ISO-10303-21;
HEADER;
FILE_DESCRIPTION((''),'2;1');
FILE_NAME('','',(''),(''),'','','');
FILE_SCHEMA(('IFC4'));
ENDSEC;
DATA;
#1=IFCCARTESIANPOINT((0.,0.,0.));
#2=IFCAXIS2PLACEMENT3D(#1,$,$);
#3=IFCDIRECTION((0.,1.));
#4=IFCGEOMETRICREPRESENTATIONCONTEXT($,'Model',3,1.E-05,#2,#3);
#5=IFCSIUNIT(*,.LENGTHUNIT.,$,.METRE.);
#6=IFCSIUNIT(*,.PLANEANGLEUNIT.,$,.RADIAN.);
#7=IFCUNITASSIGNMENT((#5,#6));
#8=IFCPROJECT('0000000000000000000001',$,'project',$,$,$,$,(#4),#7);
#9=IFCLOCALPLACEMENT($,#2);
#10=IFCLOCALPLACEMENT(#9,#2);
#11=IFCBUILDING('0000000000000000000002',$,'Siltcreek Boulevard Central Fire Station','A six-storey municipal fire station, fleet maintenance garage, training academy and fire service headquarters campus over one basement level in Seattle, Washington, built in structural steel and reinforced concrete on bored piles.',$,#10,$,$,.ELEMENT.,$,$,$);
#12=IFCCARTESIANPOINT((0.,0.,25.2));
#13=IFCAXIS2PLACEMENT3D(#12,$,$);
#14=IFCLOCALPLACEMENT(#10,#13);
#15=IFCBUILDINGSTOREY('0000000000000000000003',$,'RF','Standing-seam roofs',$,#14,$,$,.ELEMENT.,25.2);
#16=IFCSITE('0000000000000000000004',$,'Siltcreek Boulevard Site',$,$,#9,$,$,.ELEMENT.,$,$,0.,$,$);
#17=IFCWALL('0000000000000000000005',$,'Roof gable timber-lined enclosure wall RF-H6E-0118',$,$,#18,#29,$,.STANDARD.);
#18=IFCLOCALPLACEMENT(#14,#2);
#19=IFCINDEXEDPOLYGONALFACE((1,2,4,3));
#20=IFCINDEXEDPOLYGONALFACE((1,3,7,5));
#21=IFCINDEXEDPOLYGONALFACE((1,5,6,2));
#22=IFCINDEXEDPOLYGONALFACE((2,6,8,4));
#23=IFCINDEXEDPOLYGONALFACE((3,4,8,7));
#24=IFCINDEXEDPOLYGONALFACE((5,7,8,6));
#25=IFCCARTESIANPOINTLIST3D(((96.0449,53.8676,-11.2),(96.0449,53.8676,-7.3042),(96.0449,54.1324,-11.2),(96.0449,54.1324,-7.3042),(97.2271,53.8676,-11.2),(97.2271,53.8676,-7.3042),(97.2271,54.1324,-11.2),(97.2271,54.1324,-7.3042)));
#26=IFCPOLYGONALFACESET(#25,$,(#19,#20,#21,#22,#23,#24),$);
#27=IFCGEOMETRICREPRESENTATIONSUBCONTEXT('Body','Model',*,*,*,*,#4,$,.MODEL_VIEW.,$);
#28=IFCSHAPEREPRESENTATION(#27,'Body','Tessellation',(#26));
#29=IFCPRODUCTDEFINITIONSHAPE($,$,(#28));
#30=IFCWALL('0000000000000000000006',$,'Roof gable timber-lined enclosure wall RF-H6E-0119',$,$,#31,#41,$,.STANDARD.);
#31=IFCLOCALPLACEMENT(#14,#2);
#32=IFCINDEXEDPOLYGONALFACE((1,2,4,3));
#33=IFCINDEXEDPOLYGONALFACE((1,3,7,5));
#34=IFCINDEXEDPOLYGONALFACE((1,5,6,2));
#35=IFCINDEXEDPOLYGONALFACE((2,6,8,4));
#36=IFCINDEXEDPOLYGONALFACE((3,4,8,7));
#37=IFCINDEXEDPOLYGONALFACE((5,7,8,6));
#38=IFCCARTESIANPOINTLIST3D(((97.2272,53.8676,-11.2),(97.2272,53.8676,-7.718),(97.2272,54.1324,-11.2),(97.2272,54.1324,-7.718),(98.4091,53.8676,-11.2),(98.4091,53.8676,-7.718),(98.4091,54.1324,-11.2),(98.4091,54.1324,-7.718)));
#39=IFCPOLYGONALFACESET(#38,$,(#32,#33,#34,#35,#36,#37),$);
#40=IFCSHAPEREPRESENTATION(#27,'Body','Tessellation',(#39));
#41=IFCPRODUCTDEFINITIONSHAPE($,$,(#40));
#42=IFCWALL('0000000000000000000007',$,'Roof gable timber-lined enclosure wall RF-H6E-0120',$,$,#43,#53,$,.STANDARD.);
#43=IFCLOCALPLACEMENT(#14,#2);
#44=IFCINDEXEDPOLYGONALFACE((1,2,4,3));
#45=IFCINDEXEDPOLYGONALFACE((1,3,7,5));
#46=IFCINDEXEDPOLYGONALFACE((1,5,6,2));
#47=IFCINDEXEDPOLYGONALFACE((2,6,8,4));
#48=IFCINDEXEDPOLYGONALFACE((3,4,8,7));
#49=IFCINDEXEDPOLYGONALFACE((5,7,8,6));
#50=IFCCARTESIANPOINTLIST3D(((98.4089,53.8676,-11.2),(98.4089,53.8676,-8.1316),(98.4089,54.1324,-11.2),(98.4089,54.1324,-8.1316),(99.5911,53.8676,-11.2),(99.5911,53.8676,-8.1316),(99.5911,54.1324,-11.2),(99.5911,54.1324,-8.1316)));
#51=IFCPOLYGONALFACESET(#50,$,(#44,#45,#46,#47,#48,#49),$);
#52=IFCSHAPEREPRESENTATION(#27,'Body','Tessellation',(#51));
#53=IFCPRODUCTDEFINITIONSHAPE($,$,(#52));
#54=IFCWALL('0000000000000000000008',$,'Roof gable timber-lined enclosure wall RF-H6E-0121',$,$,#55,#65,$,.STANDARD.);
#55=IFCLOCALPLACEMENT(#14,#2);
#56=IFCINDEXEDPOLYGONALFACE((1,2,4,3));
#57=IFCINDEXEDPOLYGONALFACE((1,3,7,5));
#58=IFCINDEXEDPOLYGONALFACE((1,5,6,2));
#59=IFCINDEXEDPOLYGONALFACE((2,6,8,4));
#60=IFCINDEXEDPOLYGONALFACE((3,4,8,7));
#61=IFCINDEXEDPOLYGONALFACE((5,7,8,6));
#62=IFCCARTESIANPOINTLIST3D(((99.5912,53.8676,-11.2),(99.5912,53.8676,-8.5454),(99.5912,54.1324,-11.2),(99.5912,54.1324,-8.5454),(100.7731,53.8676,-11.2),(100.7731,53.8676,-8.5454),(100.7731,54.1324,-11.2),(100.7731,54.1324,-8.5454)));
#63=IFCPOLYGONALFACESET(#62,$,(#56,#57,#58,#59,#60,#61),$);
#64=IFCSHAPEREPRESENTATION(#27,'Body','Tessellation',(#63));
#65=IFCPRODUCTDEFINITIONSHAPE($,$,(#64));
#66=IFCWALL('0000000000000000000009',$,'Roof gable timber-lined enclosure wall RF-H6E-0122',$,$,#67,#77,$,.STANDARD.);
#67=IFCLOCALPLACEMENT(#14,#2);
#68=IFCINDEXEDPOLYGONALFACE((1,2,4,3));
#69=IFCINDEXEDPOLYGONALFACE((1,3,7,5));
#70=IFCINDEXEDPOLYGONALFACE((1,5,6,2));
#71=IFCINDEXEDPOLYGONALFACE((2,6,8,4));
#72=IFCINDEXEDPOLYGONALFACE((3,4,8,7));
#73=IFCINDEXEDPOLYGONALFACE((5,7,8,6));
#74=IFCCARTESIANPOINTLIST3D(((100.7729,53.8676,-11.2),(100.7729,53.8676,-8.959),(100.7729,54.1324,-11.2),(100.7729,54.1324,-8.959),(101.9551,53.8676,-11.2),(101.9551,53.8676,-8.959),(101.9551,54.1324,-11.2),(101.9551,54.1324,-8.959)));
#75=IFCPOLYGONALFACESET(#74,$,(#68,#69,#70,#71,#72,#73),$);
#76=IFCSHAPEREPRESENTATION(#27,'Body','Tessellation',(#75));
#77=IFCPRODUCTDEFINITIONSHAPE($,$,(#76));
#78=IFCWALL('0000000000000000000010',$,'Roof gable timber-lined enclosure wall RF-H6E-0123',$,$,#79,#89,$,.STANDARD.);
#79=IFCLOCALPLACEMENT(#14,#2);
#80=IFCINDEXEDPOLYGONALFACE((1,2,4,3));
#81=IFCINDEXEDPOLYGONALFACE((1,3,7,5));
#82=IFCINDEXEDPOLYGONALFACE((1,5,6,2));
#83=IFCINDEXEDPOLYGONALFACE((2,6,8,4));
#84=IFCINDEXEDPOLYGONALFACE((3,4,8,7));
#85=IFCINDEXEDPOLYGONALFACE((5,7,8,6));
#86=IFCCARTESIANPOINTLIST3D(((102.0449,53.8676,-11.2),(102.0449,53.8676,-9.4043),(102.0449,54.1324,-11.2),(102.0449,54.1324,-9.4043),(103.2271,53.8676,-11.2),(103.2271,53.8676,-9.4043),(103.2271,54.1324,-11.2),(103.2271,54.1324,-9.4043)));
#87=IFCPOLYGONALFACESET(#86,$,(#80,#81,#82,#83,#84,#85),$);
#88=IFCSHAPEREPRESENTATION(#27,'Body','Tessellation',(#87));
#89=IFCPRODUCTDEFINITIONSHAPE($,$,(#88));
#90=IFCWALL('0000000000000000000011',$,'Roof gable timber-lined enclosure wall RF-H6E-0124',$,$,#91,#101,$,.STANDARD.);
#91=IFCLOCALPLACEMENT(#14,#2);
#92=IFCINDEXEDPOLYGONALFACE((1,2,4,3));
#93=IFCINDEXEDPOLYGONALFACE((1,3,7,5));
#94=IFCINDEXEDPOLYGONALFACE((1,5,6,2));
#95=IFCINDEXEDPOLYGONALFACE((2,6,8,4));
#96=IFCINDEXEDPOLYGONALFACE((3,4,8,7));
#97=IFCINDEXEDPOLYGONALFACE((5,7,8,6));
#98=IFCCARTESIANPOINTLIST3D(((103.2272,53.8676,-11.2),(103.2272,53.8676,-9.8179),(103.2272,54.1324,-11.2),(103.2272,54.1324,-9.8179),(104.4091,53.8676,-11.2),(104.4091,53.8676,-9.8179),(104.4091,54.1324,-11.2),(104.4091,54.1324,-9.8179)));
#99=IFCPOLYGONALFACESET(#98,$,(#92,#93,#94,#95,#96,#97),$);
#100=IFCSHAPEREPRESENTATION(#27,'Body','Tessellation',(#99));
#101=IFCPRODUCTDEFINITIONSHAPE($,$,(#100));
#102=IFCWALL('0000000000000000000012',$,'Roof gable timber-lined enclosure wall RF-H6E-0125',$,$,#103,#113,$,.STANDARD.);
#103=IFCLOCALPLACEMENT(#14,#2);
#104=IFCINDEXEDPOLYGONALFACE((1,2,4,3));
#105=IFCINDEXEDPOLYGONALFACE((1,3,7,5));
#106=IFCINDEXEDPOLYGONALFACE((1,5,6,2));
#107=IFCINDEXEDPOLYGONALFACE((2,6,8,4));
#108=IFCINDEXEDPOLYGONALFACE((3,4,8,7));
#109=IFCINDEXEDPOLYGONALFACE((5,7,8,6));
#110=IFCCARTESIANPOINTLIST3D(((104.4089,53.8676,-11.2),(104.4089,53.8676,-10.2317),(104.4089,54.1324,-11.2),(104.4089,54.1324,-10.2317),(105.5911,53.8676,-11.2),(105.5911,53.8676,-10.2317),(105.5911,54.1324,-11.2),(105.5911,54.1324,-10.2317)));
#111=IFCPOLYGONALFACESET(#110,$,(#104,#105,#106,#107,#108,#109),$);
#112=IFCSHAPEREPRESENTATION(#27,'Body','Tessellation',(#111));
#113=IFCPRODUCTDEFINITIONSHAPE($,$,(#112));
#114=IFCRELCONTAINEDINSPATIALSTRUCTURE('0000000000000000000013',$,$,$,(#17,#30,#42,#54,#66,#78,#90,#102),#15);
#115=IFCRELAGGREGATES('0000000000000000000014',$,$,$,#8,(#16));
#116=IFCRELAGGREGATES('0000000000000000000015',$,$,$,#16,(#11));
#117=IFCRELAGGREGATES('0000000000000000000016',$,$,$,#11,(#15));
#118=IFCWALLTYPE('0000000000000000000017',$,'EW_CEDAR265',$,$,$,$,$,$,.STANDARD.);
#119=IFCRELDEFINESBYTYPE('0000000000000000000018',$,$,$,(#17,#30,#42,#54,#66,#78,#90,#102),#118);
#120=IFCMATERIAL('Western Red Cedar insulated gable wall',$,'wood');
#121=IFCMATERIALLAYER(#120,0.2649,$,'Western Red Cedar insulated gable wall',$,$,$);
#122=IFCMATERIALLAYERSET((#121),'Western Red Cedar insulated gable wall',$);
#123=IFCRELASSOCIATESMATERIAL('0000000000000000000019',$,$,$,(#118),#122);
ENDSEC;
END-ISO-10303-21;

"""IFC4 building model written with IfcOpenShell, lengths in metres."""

from ifc_helpers import new_model, si_unit, direction, frame, frame_2d, origin, place, context, subcontext, project, spatial, rectangle, extrude, material, layer, layer_set, type_object, element, save


model = new_model("IFC4")

# Units and contexts
model_context = context("Model", 3, precision=1e-05, world=origin(), true_north=direction((0.0, 1.0)))
body_context = subcontext(model_context, "Body", "Model", "MODEL_VIEW")
ifc_project = project(units=[si_unit("LENGTHUNIT", "METRE"), si_unit("PLANEANGLEUNIT", "RADIAN")], contexts=[model_context])

# Site, building, storey
site_placement = place(None, origin())
site = spatial("IfcSite", under=ifc_project, at=site_placement, Name="Siltcreek Boulevard Site", CompositionType="ELEMENT", RefElevation=0.0)
building_placement = place(site_placement, origin())
building = spatial("IfcBuilding", under=site, at=building_placement, Name="Siltcreek Boulevard Central Fire Station", Description="A six-storey municipal fire station, fleet maintenance garage, training academy and fire service headquarters campus over one basement level in Seattle, Washington, built in structural steel and reinforced concrete on bored piles.", CompositionType="ELEMENT")
storey_placement = place(building_placement, frame((0.0, 0.0, 25.2)))
storey = spatial("IfcBuildingStorey", under=building, at=storey_placement, Name="RF", Description="Standing-seam roofs", CompositionType="ELEMENT", Elevation=25.2)

# Walls
ifc_material_1 = material(Name="Western Red Cedar insulated gable wall", Category="wood")
ifc_layer = layer(ifc_material_1, 0.2649, Name="Western Red Cedar insulated gable wall")
ifc_layer_set = layer_set([ifc_layer], Name="Western Red Cedar insulated gable wall")
wall_type = type_object("IfcWallType", Name="EW_CEDAR265", PredefinedType="STANDARD", material=ifc_layer_set)
wall_1_placement = place(storey_placement, frame((97.2271, 54.0, -11.2), z_axis=(0.0, 0.0, 1.0), x_axis=(-1.0, 0.0, 0.0)))
element("IfcWall", 1, at=wall_1_placement, inside=storey, type_object=wall_type, Name="Roof gable timber-lined enclosure wall RF-H6E-0118", PredefinedType="STANDARD", context=body_context, shape_type="SweptSolid", body=[
    extrude(rectangle(XDim=1.1821, YDim=0.2649, at=frame_2d((0.5911, 0.0))), origin(), (0.0, 0.0, 1.0), 3.8958),
])
wall_2_placement = place(storey_placement, frame((98.4089, 54.0, -11.2), z_axis=(0.0, 0.0, 1.0), x_axis=(-1.0, 0.0, 0.0)))
element("IfcWall", 2, at=wall_2_placement, inside=storey, type_object=wall_type, Name="Roof gable timber-lined enclosure wall RF-H6E-0119", PredefinedType="STANDARD", context=body_context, shape_type="SweptSolid", body=[
    extrude(rectangle(XDim=1.1819, YDim=0.2649, at=frame_2d((0.5908, 0.0))), origin(), (0.0, 0.0, 1.0), 3.4819),
])
wall_3_placement = place(storey_placement, frame((99.5911, 54.0, -11.2), z_axis=(0.0, 0.0, 1.0), x_axis=(-1.0, 0.0, 0.0)))
element("IfcWall", 3, at=wall_3_placement, inside=storey, type_object=wall_type, Name="Roof gable timber-lined enclosure wall RF-H6E-0120", PredefinedType="STANDARD", context=body_context, shape_type="SweptSolid", body=[
    extrude(rectangle(XDim=1.1821, YDim=0.2649, at=frame_2d((0.5911, 0.0))), origin(), (0.0, 0.0, 1.0), 3.0684),
])
wall_4_placement = place(storey_placement, frame((100.7729, 54.0, -11.2), z_axis=(0.0, 0.0, 1.0), x_axis=(-1.0, 0.0, 0.0)))
element("IfcWall", 4, at=wall_4_placement, inside=storey, type_object=wall_type, Name="Roof gable timber-lined enclosure wall RF-H6E-0121", PredefinedType="STANDARD", context=body_context, shape_type="SweptSolid", body=[
    extrude(rectangle(XDim=1.1819, YDim=0.2649, at=frame_2d((0.5908, 0.0))), origin(), (0.0, 0.0, 1.0), 2.6545),
])
wall_5_placement = place(storey_placement, frame((101.9551, 54.0, -11.2), z_axis=(0.0, 0.0, 1.0), x_axis=(-1.0, 0.0, 0.0)))
element("IfcWall", 5, at=wall_5_placement, inside=storey, type_object=wall_type, Name="Roof gable timber-lined enclosure wall RF-H6E-0122", PredefinedType="STANDARD", context=body_context, shape_type="SweptSolid", body=[
    extrude(rectangle(XDim=1.1821, YDim=0.2649, at=frame_2d((0.5911, 0.0))), origin(), (0.0, 0.0, 1.0), 2.241),
])
wall_6_placement = place(storey_placement, frame((103.2271, 54.0, -11.2), z_axis=(0.0, 0.0, 1.0), x_axis=(-1.0, 0.0, 0.0)))
element("IfcWall", 6, at=wall_6_placement, inside=storey, type_object=wall_type, Name="Roof gable timber-lined enclosure wall RF-H6E-0123", PredefinedType="STANDARD", context=body_context, shape_type="SweptSolid", body=[
    extrude(rectangle(XDim=1.1821, YDim=0.2649, at=frame_2d((0.5911, 0.0))), origin(), (0.0, 0.0, 1.0), 1.7957),
])
wall_7_placement = place(storey_placement, frame((104.4089, 54.0, -11.2), z_axis=(0.0, 0.0, 1.0), x_axis=(-1.0, 0.0, 0.0)))
element("IfcWall", 7, at=wall_7_placement, inside=storey, type_object=wall_type, Name="Roof gable timber-lined enclosure wall RF-H6E-0124", PredefinedType="STANDARD", context=body_context, shape_type="SweptSolid", body=[
    extrude(rectangle(XDim=1.1819, YDim=0.2649, at=frame_2d((0.5908, 0.0))), origin(), (0.0, 0.0, 1.0), 1.3821),
])
wall_8_placement = place(storey_placement, frame((105.5911, 54.0, -11.2), z_axis=(0.0, 0.0, 1.0), x_axis=(-1.0, 0.0, 0.0)))
element("IfcWall", 8, at=wall_8_placement, inside=storey, type_object=wall_type, Name="Roof gable timber-lined enclosure wall RF-H6E-0125", PredefinedType="STANDARD", context=body_context, shape_type="SweptSolid", body=[
    extrude(rectangle(XDim=1.1821, YDim=0.2649, at=frame_2d((0.5911, 0.0))), origin(), (0.0, 0.0, 1.0), 0.9683),
])

save(model, "model.ifc")
